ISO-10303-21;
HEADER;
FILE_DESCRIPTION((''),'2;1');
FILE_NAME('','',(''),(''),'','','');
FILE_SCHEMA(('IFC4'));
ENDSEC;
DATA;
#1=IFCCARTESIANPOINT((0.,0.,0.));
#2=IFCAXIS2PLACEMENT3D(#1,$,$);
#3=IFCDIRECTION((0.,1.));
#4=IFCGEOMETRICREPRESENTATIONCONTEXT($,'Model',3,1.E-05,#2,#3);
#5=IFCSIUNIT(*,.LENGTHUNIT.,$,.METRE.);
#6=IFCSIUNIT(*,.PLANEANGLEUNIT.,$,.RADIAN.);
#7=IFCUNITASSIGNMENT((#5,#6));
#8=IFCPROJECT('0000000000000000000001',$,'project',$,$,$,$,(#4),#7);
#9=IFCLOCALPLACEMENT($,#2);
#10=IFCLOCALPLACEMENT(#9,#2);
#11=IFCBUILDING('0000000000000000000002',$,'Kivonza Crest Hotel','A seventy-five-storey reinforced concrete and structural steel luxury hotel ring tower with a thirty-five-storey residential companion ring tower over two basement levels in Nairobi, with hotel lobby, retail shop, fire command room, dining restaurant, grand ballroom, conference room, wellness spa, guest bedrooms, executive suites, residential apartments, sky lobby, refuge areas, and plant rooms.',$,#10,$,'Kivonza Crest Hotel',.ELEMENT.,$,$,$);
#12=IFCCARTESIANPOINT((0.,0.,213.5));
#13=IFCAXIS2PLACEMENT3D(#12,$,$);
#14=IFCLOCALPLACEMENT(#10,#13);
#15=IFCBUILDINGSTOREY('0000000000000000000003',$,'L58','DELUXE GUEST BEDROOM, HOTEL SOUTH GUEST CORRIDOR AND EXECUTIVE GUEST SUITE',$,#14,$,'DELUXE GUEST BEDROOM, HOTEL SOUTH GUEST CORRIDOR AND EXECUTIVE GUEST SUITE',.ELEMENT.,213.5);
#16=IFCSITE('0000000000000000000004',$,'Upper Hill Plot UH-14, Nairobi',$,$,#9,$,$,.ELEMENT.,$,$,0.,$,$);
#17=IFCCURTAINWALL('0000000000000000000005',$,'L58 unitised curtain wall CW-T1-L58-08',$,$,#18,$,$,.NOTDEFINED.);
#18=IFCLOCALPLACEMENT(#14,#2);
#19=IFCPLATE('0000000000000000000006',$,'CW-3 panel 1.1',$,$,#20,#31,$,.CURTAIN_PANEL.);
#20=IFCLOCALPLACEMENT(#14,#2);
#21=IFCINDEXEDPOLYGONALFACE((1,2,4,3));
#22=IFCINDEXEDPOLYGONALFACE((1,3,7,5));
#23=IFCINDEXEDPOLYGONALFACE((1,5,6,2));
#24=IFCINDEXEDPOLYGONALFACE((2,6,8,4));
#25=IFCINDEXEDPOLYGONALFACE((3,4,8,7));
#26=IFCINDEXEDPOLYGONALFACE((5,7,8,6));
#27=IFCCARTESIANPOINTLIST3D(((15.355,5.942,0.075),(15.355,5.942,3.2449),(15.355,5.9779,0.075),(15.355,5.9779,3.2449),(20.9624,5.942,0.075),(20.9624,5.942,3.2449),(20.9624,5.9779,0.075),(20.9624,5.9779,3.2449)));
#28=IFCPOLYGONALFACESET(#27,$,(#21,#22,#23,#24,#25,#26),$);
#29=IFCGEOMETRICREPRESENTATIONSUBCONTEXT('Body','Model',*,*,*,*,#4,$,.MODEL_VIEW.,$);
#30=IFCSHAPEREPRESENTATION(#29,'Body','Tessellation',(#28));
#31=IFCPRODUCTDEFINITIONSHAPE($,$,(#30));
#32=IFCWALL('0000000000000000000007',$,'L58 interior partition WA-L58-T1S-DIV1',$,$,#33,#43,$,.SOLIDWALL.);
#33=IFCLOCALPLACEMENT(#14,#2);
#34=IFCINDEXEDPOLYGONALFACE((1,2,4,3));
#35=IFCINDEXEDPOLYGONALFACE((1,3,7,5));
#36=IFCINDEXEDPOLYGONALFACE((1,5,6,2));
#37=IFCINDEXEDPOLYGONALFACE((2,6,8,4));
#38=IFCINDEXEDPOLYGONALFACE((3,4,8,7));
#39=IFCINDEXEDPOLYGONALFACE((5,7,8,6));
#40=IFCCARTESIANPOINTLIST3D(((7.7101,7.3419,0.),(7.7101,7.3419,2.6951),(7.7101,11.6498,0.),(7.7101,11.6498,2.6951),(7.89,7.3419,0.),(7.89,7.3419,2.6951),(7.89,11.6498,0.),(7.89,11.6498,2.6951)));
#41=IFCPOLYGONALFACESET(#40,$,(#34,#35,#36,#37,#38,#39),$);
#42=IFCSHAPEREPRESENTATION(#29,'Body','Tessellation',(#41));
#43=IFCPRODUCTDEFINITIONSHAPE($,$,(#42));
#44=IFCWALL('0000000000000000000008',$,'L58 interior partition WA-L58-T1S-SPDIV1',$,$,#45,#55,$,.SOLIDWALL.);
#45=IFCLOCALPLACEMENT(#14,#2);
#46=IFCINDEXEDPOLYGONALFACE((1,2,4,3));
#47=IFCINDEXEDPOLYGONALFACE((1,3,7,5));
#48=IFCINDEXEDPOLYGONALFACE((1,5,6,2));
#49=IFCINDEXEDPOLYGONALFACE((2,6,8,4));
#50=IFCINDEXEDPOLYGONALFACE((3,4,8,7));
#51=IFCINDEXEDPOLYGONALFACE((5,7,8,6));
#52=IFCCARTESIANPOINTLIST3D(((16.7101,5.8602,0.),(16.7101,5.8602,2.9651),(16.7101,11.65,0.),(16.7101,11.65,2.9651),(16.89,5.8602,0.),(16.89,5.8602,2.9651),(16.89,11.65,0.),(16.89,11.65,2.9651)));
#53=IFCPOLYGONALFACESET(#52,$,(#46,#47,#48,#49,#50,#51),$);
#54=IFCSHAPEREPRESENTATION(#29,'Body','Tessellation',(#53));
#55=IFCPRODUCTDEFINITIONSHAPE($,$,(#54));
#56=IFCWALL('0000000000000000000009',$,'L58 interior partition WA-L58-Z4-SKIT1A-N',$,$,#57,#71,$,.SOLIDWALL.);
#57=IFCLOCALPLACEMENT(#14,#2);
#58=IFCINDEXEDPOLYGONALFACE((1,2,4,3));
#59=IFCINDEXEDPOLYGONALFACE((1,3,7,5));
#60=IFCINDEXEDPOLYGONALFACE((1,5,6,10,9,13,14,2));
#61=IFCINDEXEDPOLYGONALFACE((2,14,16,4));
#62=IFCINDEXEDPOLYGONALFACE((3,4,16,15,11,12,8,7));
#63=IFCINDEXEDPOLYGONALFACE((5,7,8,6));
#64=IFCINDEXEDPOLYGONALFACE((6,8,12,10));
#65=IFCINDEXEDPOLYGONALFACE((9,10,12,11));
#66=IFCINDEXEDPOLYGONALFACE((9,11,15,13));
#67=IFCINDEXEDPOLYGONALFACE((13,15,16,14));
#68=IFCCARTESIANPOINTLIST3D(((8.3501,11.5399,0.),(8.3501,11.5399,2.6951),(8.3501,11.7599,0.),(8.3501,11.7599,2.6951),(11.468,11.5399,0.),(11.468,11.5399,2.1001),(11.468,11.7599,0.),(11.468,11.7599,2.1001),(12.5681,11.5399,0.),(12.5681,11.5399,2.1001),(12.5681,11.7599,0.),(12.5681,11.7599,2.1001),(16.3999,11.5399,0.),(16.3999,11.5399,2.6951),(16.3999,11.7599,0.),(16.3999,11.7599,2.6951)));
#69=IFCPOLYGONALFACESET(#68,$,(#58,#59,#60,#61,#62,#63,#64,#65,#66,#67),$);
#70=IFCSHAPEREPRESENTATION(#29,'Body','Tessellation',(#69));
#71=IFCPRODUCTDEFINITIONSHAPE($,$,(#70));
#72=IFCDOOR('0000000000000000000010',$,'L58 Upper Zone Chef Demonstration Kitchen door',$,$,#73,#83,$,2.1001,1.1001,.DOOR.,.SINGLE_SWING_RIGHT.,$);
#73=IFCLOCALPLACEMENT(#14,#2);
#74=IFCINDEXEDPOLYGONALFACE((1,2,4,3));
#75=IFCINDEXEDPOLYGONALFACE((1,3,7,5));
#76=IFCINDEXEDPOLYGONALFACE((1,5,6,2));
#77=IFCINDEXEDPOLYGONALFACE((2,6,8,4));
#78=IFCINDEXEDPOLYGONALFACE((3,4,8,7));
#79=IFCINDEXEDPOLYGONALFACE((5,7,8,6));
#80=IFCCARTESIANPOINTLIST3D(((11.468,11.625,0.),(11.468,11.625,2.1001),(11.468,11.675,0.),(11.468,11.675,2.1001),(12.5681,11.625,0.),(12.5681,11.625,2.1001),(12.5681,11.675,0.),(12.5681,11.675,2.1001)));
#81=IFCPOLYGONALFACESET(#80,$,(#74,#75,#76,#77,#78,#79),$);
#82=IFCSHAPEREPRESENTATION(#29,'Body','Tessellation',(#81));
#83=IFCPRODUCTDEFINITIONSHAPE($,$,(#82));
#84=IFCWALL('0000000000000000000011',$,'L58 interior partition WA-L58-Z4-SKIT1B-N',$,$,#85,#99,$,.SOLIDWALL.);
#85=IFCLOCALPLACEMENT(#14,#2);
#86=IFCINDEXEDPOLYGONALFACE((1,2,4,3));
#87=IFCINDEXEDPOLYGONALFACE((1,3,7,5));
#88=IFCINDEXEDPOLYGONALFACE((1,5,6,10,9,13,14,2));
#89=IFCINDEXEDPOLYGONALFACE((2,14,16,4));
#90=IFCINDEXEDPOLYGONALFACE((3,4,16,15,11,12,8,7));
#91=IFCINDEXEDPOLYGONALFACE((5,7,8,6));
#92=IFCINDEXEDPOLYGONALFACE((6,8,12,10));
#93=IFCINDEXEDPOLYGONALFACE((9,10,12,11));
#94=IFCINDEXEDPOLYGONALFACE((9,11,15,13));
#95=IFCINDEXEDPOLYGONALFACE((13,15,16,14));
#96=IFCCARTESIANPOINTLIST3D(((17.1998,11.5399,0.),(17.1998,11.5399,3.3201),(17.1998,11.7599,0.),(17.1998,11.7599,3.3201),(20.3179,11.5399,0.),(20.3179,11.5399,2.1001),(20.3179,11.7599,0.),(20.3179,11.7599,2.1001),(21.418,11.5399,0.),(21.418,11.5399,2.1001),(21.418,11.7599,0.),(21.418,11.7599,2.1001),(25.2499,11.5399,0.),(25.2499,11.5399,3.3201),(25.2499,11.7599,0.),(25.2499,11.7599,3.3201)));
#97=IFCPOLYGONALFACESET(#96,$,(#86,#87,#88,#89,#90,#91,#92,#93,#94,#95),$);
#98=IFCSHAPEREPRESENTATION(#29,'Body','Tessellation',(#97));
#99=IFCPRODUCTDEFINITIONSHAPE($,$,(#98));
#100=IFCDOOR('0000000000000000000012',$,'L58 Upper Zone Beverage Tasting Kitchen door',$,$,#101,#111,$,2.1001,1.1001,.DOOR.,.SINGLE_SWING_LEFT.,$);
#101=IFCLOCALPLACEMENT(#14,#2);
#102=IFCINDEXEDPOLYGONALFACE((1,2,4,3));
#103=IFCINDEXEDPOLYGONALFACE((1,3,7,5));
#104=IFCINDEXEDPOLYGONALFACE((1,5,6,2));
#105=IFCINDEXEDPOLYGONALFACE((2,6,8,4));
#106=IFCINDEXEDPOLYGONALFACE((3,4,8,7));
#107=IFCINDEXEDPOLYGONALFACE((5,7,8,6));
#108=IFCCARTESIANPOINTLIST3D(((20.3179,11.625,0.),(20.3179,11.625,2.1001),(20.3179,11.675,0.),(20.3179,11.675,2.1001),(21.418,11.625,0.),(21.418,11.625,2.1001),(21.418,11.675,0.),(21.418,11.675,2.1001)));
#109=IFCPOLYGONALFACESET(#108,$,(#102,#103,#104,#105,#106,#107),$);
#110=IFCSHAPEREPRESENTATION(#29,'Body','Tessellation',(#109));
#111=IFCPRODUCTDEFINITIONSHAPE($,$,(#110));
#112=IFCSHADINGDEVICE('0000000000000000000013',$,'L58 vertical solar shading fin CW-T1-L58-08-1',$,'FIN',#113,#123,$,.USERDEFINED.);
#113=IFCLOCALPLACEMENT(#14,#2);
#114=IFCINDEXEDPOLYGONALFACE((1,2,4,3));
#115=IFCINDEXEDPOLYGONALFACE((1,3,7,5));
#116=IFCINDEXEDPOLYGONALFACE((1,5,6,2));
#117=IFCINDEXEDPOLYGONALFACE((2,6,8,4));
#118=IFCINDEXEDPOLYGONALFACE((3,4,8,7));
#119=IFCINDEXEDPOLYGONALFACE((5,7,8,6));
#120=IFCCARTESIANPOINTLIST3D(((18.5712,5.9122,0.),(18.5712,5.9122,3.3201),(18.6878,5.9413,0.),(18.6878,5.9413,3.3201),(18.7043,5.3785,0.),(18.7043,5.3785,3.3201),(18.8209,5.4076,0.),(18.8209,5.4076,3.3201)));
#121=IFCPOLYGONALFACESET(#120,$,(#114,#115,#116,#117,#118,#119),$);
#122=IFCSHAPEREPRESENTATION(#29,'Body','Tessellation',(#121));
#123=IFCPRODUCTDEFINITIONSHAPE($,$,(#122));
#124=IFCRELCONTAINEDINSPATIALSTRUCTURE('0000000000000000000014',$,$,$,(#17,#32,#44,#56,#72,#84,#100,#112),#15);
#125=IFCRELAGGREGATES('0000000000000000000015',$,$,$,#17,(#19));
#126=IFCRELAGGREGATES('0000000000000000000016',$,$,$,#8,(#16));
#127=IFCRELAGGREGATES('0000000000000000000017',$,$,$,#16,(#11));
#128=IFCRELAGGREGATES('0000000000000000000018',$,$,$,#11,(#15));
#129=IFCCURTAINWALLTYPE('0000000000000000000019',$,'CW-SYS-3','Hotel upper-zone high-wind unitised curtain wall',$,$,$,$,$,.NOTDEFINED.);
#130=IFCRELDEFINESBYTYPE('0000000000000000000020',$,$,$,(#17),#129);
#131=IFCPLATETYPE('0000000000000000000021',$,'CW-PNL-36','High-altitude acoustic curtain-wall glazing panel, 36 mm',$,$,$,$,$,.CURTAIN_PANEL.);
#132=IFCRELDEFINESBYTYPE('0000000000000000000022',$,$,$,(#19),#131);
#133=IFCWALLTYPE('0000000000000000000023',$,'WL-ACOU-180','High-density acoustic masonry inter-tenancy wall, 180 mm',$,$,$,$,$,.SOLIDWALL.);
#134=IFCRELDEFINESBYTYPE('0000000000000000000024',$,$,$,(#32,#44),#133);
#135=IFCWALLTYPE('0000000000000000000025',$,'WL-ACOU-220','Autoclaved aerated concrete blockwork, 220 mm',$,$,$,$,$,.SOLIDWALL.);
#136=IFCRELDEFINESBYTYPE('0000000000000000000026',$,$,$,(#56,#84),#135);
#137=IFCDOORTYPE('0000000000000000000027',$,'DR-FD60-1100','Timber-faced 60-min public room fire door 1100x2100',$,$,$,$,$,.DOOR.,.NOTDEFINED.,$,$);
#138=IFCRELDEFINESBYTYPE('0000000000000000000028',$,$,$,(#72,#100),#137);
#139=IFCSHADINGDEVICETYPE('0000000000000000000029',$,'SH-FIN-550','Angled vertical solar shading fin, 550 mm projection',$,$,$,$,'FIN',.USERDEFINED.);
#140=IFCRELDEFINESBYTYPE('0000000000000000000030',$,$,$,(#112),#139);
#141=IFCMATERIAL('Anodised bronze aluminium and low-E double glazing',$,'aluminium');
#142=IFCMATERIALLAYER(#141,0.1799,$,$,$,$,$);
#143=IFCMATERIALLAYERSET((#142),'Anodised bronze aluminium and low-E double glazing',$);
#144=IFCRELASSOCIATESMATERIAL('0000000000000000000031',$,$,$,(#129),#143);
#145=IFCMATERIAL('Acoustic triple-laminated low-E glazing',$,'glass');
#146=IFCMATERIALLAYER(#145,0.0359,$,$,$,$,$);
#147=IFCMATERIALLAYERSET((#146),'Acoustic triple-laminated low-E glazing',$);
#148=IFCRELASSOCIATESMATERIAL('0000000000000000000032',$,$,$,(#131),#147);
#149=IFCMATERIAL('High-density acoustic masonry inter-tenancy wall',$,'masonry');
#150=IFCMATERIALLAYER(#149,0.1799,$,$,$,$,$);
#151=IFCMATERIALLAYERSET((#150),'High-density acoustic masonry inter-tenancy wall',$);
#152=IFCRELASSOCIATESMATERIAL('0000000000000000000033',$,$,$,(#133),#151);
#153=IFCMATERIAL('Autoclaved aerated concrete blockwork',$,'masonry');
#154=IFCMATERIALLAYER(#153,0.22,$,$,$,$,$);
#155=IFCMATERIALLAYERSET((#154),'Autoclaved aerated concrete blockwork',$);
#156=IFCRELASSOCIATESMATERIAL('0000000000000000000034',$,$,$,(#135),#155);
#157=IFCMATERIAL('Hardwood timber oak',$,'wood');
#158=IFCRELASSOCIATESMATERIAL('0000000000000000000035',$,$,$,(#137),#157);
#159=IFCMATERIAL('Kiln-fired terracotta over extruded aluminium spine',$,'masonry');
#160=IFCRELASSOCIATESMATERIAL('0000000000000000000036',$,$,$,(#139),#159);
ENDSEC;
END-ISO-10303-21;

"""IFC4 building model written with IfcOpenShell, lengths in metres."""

from ifc_helpers import new_model, si_unit, direction, frame, frame_2d, origin, origin_2d, place, context, subcontext, project, spatial, rectangle, extrude, material, layer, layer_set, type_object, element, fill, aggregate, save


model = new_model("IFC4")

# Units and contexts
model_context = context("Model", 3, precision=1e-05, world=origin(), true_north=direction((0.0, 1.0)))
body_context = subcontext(model_context, "Body", "Model", "MODEL_VIEW")
ifc_project = project(units=[si_unit("LENGTHUNIT", "METRE"), si_unit("PLANEANGLEUNIT", "RADIAN")], contexts=[model_context])

# Site, building, storey
site_placement = place(None, origin())
site = spatial("IfcSite", under=ifc_project, at=site_placement, Name="Upper Hill Plot UH-14, Nairobi", CompositionType="ELEMENT", RefElevation=0.0)
building_placement = place(site_placement, origin())
building = spatial("IfcBuilding", under=site, at=building_placement, Name="Kivonza Crest Hotel", Description="A seventy-five-storey reinforced concrete and structural steel luxury hotel ring tower with a thirty-five-storey residential companion ring tower over two basement levels in Nairobi, with hotel lobby, retail shop, fire command room, dining restaurant, grand ballroom, conference room, wellness spa, guest bedrooms, executive suites, residential apartments, sky lobby, refuge areas, and plant rooms.", LongName="Kivonza Crest Hotel", CompositionType="ELEMENT")
storey_placement = place(building_placement, frame((0.0, 0.0, 213.5)))
storey = spatial("IfcBuildingStorey", under=building, at=storey_placement, Name="L58", Description="DELUXE GUEST BEDROOM, HOTEL SOUTH GUEST CORRIDOR AND EXECUTIVE GUEST SUITE", LongName="DELUXE GUEST BEDROOM, HOTEL SOUTH GUEST CORRIDOR AND EXECUTIVE GUEST SUITE", CompositionType="ELEMENT", Elevation=213.5)

# Curtain wall, plate
ifc_material_1 = material(Name="Anodised bronze aluminium and low-E double glazing", Category="aluminium")
ifc_layer_1 = layer(ifc_material_1, 0.1799)
ifc_layer_set_1 = layer_set([ifc_layer_1], Name="Anodised bronze aluminium and low-E double glazing")
curtain_wall_type = type_object("IfcCurtainWallType", Name="CW-SYS-3", Description="Hotel upper-zone high-wind unitised curtain wall", PredefinedType="NOTDEFINED", material=ifc_layer_set_1)
curtain_wall_placement = place(storey_placement, origin())
curtain_wall = element("IfcCurtainWall", 1, at=curtain_wall_placement, inside=storey, type_object=curtain_wall_type, Name="L58 unitised curtain wall CW-T1-L58-08", PredefinedType="NOTDEFINED")
ifc_material_2 = material(Name="Acoustic triple-laminated low-E glazing", Category="glass")
ifc_layer_2 = layer(ifc_material_2, 0.0359)
ifc_layer_set_2 = layer_set([ifc_layer_2], Name="Acoustic triple-laminated low-E glazing")
plate_type = type_object("IfcPlateType", Name="CW-PNL-36", Description="High-altitude acoustic curtain-wall glazing panel, 36 mm", PredefinedType="CURTAIN_PANEL", material=ifc_layer_set_2)
plate_placement = place(storey_placement, frame((18.1587, 5.96, 0.075), z_axis=(0.0, 0.0, 1.0), x_axis=(1.0, 0.0, 0.0)))
plate = element("IfcPlate", 2, at=plate_placement, type_object=plate_type, Name="CW-3 panel 1.1", PredefinedType="CURTAIN_PANEL", context=body_context, shape_type="SweptSolid", body=[
    extrude(rectangle(XDim=5.6074, YDim=0.0359, at=origin_2d()), origin(), (0.0, 0.0, 1.0), 3.1699),
])
aggregate(curtain_wall, [plate])

# Walls
ifc_material_3 = material(Name="High-density acoustic masonry inter-tenancy wall", Category="masonry")
ifc_layer_3 = layer(ifc_material_3, 0.1799)
ifc_layer_set_3 = layer_set([ifc_layer_3], Name="High-density acoustic masonry inter-tenancy wall")
wall_type_1 = type_object("IfcWallType", Name="WL-ACOU-180", Description="High-density acoustic masonry inter-tenancy wall, 180 mm", PredefinedType="SOLIDWALL", material=ifc_layer_set_3)
wall_1_placement = place(storey_placement, frame((7.8, 7.342, 0.0), z_axis=(0.0, 0.0, 1.0), x_axis=(0.0, 1.0, 0.0)))
element("IfcWall", 3, at=wall_1_placement, inside=storey, type_object=wall_type_1, Name="L58 interior partition WA-L58-T1S-DIV1", PredefinedType="SOLIDWALL", context=body_context, shape_type="SweptSolid", body=[
    extrude(rectangle(XDim=4.3079, YDim=0.1799, at=frame_2d((2.1538, 0.0))), origin(), (0.0, 0.0, 1.0), 2.6951),
])
wall_2_placement = place(storey_placement, frame((16.8, 5.8601, 0.0), z_axis=(0.0, 0.0, 1.0), x_axis=(0.0, 1.0, 0.0)))
element("IfcWall", 4, at=wall_2_placement, inside=storey, type_object=wall_type_1, Name="L58 interior partition WA-L58-T1S-SPDIV1", PredefinedType="SOLIDWALL", context=body_context, shape_type="SweptSolid", body=[
    extrude(rectangle(XDim=5.7898, YDim=0.1799, at=frame_2d((2.895, 0.0))), origin(), (0.0, 0.0, 1.0), 2.9651),
])

# Walls, openings, doors
ifc_material_4 = material(Name="Autoclaved aerated concrete blockwork", Category="masonry")
ifc_layer_4 = layer(ifc_material_4, 0.22)
ifc_layer_set_4 = layer_set([ifc_layer_4], Name="Autoclaved aerated concrete blockwork")
wall_type_2 = type_object("IfcWallType", Name="WL-ACOU-220", Description="Autoclaved aerated concrete blockwork, 220 mm", PredefinedType="SOLIDWALL", material=ifc_layer_set_4)
wall_3_placement = place(storey_placement, frame((8.3501, 11.6499, 0.0), z_axis=(0.0, 0.0, 1.0), x_axis=(1.0, 0.0, 0.0)))
wall_3 = element("IfcWall", 5, at=wall_3_placement, inside=storey, type_object=wall_type_2, Name="L58 interior partition WA-L58-Z4-SKIT1A-N", PredefinedType="SOLIDWALL", context=body_context, shape_type="SweptSolid", body=[
    extrude(rectangle(XDim=8.0498, YDim=0.22, at=frame_2d((4.0249, 0.0))), origin(), (0.0, 0.0, 1.0), 2.6951),
])
opening_1_placement = place(wall_3_placement, frame((3.1179, 0.0, 0.0)))
opening_1 = element("IfcOpeningElement", 6, at=opening_1_placement, cuts=wall_3, PredefinedType="OPENING", context=body_context, shape_type="SweptSolid", body=[
    extrude(rectangle(XDim=1.1001, YDim=2.1001, at=frame_2d((0.55, 1.05))), frame((0.0, 0.1201, 0.0), z_axis=(0.0, -1.0, 0.0), x_axis=(1.0, 0.0, 0.0)), (0.0, 0.0, 1.0), 0.24),
])
ifc_material_5 = material(Name="Hardwood timber oak", Category="wood")
door_type = type_object("IfcDoorType", Name="DR-FD60-1100", Description="Timber-faced 60-min public room fire door 1100x2100", OperationType="NOTDEFINED", PredefinedType="DOOR", material=ifc_material_5)
door_1_placement = place(opening_1_placement, frame((1.1001, 0.0, 0.0), z_axis=(0.0, 0.0, 1.0), x_axis=(-1.0, 0.0, 0.0)))
door_1 = element("IfcDoor", 7, at=door_1_placement, inside=storey, type_object=door_type, Name="L58 Upper Zone Chef Demonstration Kitchen door", OperationType="SINGLE_SWING_RIGHT", OverallHeight=2.1001, OverallWidth=1.1001, PredefinedType="DOOR", context=body_context, shape_type="SweptSolid", body=[
    extrude(rectangle(XDim=1.1001, YDim=2.1001, at=frame_2d((0.55, 1.05))), frame((0.0, 0.0249, 0.0), z_axis=(0.0, -1.0, 0.0), x_axis=(1.0, 0.0, 0.0)), (0.0, 0.0, 1.0), 0.05),
])
fill(opening_1, door_1)
wall_4_placement = place(storey_placement, frame((17.2, 11.6499, 0.0), z_axis=(0.0, 0.0, 1.0), x_axis=(1.0, 0.0, 0.0)))
wall_4 = element("IfcWall", 8, at=wall_4_placement, inside=storey, type_object=wall_type_2, Name="L58 interior partition WA-L58-Z4-SKIT1B-N", PredefinedType="SOLIDWALL", context=body_context, shape_type="SweptSolid", body=[
    extrude(rectangle(XDim=8.05, YDim=0.22, at=frame_2d((4.0249, 0.0))), origin(), (0.0, 0.0, 1.0), 3.3201),
])
opening_2_placement = place(wall_4_placement, frame((3.1179, 0.0, 0.0)))
opening_2 = element("IfcOpeningElement", 9, at=opening_2_placement, cuts=wall_4, PredefinedType="OPENING", context=body_context, shape_type="SweptSolid", body=[
    extrude(rectangle(XDim=1.1001, YDim=2.1001, at=frame_2d((0.55, 1.05))), frame((0.0, 0.1201, 0.0), z_axis=(0.0, -1.0, 0.0), x_axis=(1.0, 0.0, 0.0)), (0.0, 0.0, 1.0), 0.24),
])
door_2_placement = place(opening_2_placement, frame((1.1001, 0.0, 0.0), z_axis=(0.0, 0.0, 1.0), x_axis=(-1.0, 0.0, 0.0)))
door_2 = element("IfcDoor", 10, at=door_2_placement, inside=storey, type_object=door_type, Name="L58 Upper Zone Beverage Tasting Kitchen door", OperationType="SINGLE_SWING_LEFT", OverallHeight=2.1001, OverallWidth=1.1001, PredefinedType="DOOR", context=body_context, shape_type="SweptSolid", body=[
    extrude(rectangle(XDim=1.1001, YDim=2.1001, at=frame_2d((0.55, 1.05))), frame((0.0, 0.0249, 0.0), z_axis=(0.0, -1.0, 0.0), x_axis=(1.0, 0.0, 0.0)), (0.0, 0.0, 1.0), 0.05),
])
fill(opening_2, door_2)

# Shading device
ifc_material_6 = material(Name="Kiln-fired terracotta over extruded aluminium spine", Category="masonry")
shading_device_type = type_object("IfcShadingDeviceType", Name="SH-FIN-550", Description="Angled vertical solar shading fin, 550 mm projection", ElementType="FIN", PredefinedType="USERDEFINED", material=ifc_material_6)
shading_device_placement = place(storey_placement, frame((18.696, 5.6599, 0.0), z_axis=(0.0, 0.0, 1.0), x_axis=(0.970296, 0.241922, 0.0)))
element("IfcShadingDevice", 11, at=shading_device_placement, inside=storey, type_object=shading_device_type, Name="L58 vertical solar shading fin CW-T1-L58-08-1", ObjectType="FIN", PredefinedType="USERDEFINED", context=body_context, shape_type="SweptSolid", body=[
    extrude(rectangle(XDim=0.1201, YDim=0.55, at=origin_2d()), origin(), (0.0, 0.0, 1.0), 3.3201),
])

save(model, "model.ifc")
